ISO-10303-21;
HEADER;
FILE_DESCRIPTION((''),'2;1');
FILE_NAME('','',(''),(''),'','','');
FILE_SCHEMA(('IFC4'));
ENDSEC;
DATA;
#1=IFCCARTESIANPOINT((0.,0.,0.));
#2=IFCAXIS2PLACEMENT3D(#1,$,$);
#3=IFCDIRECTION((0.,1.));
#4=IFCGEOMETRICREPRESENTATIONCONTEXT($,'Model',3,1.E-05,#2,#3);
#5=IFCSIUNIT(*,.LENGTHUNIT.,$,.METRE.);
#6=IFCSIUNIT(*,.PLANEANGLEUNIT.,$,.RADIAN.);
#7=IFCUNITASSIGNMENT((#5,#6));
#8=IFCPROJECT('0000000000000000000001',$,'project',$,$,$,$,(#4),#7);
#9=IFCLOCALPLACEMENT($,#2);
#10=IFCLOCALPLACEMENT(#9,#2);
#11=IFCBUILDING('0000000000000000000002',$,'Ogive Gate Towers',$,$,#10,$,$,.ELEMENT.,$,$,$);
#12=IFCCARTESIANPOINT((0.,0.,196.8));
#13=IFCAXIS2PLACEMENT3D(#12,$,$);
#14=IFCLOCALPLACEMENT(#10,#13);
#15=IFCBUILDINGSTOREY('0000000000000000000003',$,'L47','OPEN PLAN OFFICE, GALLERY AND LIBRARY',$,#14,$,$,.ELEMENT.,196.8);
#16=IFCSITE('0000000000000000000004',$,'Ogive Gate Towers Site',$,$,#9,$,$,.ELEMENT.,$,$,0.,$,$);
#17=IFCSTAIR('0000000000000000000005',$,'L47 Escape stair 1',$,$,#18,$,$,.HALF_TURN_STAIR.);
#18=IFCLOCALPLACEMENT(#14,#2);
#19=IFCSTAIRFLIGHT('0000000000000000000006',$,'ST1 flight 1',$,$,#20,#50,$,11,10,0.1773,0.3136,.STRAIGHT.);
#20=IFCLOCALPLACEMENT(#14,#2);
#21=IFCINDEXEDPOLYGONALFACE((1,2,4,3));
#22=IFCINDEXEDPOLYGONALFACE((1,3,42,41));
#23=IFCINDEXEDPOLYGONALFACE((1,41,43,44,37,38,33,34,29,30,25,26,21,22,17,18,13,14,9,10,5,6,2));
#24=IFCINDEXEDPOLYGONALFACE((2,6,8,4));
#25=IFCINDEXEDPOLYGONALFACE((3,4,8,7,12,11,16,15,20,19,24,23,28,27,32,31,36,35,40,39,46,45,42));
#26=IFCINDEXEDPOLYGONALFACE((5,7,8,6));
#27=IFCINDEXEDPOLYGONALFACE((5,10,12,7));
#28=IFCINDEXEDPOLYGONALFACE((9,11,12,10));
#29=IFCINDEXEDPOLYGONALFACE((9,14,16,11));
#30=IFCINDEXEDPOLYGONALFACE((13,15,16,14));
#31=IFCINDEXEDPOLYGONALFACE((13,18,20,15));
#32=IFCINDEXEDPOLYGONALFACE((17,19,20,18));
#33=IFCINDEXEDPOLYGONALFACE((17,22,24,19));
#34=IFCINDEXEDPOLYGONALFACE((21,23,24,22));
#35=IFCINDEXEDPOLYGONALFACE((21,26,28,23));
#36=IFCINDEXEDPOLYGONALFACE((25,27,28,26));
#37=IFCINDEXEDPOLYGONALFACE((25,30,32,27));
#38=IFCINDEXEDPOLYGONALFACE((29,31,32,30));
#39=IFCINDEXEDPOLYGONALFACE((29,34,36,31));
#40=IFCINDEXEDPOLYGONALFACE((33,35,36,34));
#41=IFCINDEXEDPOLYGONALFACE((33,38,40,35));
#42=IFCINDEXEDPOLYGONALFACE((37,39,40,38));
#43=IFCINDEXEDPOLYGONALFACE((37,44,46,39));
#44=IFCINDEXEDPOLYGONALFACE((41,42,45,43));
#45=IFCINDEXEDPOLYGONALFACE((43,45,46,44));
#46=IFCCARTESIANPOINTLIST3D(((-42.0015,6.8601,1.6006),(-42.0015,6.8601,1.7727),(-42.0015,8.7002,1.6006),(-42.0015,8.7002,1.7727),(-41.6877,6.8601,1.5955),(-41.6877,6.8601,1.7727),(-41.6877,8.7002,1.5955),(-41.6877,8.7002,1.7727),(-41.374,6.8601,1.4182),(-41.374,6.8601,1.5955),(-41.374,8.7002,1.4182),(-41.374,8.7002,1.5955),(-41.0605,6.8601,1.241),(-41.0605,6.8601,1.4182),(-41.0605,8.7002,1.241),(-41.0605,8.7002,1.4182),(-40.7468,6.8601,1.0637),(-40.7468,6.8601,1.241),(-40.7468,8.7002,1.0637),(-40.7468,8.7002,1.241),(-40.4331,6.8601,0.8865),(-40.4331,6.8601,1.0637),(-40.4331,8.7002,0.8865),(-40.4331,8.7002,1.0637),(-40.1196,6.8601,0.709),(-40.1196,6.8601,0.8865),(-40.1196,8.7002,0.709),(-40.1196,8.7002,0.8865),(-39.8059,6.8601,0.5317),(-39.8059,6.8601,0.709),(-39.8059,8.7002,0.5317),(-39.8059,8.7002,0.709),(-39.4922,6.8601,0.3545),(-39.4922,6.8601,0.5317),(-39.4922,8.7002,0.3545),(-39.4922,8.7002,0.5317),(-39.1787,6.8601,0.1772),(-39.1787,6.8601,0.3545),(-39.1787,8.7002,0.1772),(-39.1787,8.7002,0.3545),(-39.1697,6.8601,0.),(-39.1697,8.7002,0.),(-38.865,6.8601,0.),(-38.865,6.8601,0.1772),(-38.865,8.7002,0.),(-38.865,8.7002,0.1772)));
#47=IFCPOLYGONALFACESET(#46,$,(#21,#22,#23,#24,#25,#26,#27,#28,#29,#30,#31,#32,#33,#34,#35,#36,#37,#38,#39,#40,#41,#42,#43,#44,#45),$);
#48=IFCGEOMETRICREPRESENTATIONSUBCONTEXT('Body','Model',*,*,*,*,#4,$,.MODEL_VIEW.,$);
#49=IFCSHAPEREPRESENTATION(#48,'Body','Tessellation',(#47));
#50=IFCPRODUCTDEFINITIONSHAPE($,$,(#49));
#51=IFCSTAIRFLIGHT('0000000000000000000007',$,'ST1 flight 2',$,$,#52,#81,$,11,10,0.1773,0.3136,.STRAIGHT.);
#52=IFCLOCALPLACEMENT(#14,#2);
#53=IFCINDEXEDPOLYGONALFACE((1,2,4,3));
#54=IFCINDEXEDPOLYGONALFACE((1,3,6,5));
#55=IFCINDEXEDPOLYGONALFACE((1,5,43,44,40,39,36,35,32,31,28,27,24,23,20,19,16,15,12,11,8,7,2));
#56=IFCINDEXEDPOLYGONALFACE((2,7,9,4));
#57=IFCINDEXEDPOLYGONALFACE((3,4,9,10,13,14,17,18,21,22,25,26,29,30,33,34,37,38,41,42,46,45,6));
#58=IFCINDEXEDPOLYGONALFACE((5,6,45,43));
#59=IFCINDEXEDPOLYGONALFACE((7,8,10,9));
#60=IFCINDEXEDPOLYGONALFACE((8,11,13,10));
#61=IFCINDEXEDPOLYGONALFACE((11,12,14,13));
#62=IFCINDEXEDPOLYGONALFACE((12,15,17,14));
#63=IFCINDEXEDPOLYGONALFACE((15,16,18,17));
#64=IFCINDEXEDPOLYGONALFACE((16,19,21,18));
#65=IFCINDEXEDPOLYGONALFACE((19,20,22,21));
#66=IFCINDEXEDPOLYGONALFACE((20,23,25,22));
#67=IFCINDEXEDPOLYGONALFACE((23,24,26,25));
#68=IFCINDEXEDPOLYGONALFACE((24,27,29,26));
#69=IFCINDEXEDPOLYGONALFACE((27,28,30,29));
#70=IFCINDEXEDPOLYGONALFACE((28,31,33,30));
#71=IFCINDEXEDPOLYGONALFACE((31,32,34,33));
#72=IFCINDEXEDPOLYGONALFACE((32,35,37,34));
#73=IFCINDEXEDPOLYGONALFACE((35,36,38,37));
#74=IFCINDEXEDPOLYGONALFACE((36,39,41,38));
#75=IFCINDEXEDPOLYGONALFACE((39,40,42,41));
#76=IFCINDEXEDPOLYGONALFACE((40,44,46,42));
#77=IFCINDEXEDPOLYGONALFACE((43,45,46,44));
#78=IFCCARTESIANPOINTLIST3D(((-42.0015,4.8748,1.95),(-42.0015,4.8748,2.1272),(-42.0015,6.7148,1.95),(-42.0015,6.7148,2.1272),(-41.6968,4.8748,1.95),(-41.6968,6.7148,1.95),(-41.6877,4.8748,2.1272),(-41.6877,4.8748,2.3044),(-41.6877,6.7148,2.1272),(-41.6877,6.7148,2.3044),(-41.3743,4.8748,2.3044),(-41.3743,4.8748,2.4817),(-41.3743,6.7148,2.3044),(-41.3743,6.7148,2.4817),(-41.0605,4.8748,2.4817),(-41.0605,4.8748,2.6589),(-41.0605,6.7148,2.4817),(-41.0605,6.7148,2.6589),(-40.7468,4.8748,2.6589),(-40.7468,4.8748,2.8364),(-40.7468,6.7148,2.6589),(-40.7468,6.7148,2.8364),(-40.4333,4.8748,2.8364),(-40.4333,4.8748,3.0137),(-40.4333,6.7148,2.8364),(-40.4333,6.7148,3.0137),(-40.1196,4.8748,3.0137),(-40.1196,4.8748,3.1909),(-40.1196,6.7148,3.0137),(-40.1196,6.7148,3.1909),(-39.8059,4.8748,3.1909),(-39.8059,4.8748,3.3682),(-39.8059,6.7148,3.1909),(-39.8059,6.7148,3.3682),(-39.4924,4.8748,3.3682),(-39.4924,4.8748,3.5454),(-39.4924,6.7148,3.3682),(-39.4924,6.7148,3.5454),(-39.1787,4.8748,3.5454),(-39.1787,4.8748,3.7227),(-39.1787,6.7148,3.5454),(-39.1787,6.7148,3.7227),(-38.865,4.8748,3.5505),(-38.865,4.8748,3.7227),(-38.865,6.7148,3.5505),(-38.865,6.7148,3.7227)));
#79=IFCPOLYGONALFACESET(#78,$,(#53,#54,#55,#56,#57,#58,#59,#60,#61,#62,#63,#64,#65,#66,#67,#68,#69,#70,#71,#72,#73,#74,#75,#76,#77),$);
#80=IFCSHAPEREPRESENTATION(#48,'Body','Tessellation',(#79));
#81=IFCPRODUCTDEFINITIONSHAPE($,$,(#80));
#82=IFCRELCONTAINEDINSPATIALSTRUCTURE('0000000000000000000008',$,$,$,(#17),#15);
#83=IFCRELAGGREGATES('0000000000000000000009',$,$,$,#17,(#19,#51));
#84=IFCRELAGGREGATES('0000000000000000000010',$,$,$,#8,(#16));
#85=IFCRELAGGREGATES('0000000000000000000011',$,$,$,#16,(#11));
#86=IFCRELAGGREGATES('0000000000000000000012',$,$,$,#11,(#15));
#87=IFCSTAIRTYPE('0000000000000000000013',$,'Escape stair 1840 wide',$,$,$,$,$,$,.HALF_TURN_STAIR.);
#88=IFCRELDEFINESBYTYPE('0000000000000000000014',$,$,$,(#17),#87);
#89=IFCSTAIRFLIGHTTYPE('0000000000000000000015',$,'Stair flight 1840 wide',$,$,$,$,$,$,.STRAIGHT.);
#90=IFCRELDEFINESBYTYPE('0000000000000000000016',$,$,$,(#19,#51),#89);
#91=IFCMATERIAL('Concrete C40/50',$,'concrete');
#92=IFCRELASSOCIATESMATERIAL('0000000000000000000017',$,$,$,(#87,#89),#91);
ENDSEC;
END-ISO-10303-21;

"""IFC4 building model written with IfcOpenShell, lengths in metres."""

from ifc_helpers import new_model, si_unit, direction, frame, origin, place, context, subcontext, project, spatial, polyline, outline, extrude, material, type_object, element, aggregate, save


model = new_model("IFC4")

# Units and contexts
model_context = context("Model", 3, precision=1e-05, world=origin(), true_north=direction((0.0, 1.0)))
body_context = subcontext(model_context, "Body", "Model", "MODEL_VIEW")
ifc_project = project(units=[si_unit("LENGTHUNIT", "METRE"), si_unit("PLANEANGLEUNIT", "RADIAN")], contexts=[model_context])

# Site, building, storey
site_placement = place(None, origin())
site = spatial("IfcSite", under=ifc_project, at=site_placement, Name="Ogive Gate Towers Site", CompositionType="ELEMENT", RefElevation=0.0)
building_placement = place(site_placement, origin())
building = spatial("IfcBuilding", under=site, at=building_placement, Name="Ogive Gate Towers", CompositionType="ELEMENT")
storey_placement = place(building_placement, frame((0.0, 0.0, 196.8)))
storey = spatial("IfcBuildingStorey", under=building, at=storey_placement, Name="L47", Description="OPEN PLAN OFFICE, GALLERY AND LIBRARY", CompositionType="ELEMENT", Elevation=196.8)

# Stair, stair flights
ifc_material_1 = material(Name="Concrete C40/50", Category="concrete")
stair_type = type_object("IfcStairType", Name="Escape stair 1840 wide", PredefinedType="HALF_TURN_STAIR", material=ifc_material_1)
stair_placement = place(storey_placement, origin())
stair = element("IfcStair", 1, at=stair_placement, inside=storey, type_object=stair_type, Name="L47 Escape stair 1", PredefinedType="HALF_TURN_STAIR")
stair_flight_type = type_object("IfcStairFlightType", Name="Stair flight 1840 wide", PredefinedType="STRAIGHT", material=ifc_material_1)
stair_flight_1_placement = place(storey_placement, frame((-38.865, 7.78, 0.0), z_axis=(0.0, 0.0, 1.0), x_axis=(-1.0, 0.0, 0.0)))
stair_flight_1 = element("IfcStairFlight", 2, at=stair_flight_1_placement, type_object=stair_flight_type, Name="ST1 flight 1", NumberOfRisers=11, NumberOfTreads=10, PredefinedType="STRAIGHT", RiserHeight=0.1773, TreadLength=0.3136, context=body_context, shape_type="SweptSolid", body=[
    extrude(outline(polyline([(0.0, 0.0), (0.0, 0.1772), (0.3137, 0.1772), (0.3137, 0.3545), (0.6272, 0.3545), (0.6272, 0.5317), (0.9409, 0.5317), (0.9409, 0.709), (1.2546, 0.709), (1.2546, 0.8865), (1.5681, 0.8865), (1.5681, 1.0637), (1.8818, 1.0637), (1.8818, 1.241), (2.1956, 1.241), (2.1956, 1.4182), (2.509, 1.4182), (2.509, 1.5955), (2.8228, 1.5955), (2.8228, 1.7727), (3.1365, 1.7727), (3.1365, 1.95), (3.1365, 1.6006), (0.3047, 0.0), (0.0, 0.0)])), frame((0.0, 0.9199, 0.0), z_axis=(0.0, -1.0, 0.0), x_axis=(1.0, 0.0, 0.0)), (0.0, 0.0, 1.0), 1.8401),
])
stair_flight_2_placement = place(storey_placement, frame((-42.0015, 5.7949, 1.95), z_axis=(0.0, 0.0, 1.0), x_axis=(1.0, 0.0, 0.0)))
stair_flight_2 = element("IfcStairFlight", 3, at=stair_flight_2_placement, type_object=stair_flight_type, Name="ST1 flight 2", NumberOfRisers=11, NumberOfTreads=10, PredefinedType="STRAIGHT", RiserHeight=0.1773, TreadLength=0.3136, context=body_context, shape_type="SweptSolid", body=[
    extrude(outline(polyline([(0.0, 0.0), (0.0, 0.1772), (0.3137, 0.1772), (0.3137, 0.3545), (0.6272, 0.3545), (0.6272, 0.5317), (0.9409, 0.5317), (0.9409, 0.709), (1.2546, 0.709), (1.2546, 0.8865), (1.5681, 0.8865), (1.5681, 1.0637), (1.8818, 1.0637), (1.8818, 1.241), (2.1956, 1.241), (2.1956, 1.4182), (2.509, 1.4182), (2.509, 1.5955), (2.8228, 1.5955), (2.8228, 1.7727), (3.1365, 1.7727), (3.1365, 1.95), (3.1365, 1.6006), (0.3047, 0.0), (0.0, 0.0)])), frame((0.0, 0.9199, 0.0), z_axis=(0.0, -1.0, 0.0), x_axis=(1.0, 0.0, 0.0)), (0.0, 0.0, 1.0), 1.8401),
])
aggregate(stair, [stair_flight_1, stair_flight_2])

save(model, "model.ifc")
